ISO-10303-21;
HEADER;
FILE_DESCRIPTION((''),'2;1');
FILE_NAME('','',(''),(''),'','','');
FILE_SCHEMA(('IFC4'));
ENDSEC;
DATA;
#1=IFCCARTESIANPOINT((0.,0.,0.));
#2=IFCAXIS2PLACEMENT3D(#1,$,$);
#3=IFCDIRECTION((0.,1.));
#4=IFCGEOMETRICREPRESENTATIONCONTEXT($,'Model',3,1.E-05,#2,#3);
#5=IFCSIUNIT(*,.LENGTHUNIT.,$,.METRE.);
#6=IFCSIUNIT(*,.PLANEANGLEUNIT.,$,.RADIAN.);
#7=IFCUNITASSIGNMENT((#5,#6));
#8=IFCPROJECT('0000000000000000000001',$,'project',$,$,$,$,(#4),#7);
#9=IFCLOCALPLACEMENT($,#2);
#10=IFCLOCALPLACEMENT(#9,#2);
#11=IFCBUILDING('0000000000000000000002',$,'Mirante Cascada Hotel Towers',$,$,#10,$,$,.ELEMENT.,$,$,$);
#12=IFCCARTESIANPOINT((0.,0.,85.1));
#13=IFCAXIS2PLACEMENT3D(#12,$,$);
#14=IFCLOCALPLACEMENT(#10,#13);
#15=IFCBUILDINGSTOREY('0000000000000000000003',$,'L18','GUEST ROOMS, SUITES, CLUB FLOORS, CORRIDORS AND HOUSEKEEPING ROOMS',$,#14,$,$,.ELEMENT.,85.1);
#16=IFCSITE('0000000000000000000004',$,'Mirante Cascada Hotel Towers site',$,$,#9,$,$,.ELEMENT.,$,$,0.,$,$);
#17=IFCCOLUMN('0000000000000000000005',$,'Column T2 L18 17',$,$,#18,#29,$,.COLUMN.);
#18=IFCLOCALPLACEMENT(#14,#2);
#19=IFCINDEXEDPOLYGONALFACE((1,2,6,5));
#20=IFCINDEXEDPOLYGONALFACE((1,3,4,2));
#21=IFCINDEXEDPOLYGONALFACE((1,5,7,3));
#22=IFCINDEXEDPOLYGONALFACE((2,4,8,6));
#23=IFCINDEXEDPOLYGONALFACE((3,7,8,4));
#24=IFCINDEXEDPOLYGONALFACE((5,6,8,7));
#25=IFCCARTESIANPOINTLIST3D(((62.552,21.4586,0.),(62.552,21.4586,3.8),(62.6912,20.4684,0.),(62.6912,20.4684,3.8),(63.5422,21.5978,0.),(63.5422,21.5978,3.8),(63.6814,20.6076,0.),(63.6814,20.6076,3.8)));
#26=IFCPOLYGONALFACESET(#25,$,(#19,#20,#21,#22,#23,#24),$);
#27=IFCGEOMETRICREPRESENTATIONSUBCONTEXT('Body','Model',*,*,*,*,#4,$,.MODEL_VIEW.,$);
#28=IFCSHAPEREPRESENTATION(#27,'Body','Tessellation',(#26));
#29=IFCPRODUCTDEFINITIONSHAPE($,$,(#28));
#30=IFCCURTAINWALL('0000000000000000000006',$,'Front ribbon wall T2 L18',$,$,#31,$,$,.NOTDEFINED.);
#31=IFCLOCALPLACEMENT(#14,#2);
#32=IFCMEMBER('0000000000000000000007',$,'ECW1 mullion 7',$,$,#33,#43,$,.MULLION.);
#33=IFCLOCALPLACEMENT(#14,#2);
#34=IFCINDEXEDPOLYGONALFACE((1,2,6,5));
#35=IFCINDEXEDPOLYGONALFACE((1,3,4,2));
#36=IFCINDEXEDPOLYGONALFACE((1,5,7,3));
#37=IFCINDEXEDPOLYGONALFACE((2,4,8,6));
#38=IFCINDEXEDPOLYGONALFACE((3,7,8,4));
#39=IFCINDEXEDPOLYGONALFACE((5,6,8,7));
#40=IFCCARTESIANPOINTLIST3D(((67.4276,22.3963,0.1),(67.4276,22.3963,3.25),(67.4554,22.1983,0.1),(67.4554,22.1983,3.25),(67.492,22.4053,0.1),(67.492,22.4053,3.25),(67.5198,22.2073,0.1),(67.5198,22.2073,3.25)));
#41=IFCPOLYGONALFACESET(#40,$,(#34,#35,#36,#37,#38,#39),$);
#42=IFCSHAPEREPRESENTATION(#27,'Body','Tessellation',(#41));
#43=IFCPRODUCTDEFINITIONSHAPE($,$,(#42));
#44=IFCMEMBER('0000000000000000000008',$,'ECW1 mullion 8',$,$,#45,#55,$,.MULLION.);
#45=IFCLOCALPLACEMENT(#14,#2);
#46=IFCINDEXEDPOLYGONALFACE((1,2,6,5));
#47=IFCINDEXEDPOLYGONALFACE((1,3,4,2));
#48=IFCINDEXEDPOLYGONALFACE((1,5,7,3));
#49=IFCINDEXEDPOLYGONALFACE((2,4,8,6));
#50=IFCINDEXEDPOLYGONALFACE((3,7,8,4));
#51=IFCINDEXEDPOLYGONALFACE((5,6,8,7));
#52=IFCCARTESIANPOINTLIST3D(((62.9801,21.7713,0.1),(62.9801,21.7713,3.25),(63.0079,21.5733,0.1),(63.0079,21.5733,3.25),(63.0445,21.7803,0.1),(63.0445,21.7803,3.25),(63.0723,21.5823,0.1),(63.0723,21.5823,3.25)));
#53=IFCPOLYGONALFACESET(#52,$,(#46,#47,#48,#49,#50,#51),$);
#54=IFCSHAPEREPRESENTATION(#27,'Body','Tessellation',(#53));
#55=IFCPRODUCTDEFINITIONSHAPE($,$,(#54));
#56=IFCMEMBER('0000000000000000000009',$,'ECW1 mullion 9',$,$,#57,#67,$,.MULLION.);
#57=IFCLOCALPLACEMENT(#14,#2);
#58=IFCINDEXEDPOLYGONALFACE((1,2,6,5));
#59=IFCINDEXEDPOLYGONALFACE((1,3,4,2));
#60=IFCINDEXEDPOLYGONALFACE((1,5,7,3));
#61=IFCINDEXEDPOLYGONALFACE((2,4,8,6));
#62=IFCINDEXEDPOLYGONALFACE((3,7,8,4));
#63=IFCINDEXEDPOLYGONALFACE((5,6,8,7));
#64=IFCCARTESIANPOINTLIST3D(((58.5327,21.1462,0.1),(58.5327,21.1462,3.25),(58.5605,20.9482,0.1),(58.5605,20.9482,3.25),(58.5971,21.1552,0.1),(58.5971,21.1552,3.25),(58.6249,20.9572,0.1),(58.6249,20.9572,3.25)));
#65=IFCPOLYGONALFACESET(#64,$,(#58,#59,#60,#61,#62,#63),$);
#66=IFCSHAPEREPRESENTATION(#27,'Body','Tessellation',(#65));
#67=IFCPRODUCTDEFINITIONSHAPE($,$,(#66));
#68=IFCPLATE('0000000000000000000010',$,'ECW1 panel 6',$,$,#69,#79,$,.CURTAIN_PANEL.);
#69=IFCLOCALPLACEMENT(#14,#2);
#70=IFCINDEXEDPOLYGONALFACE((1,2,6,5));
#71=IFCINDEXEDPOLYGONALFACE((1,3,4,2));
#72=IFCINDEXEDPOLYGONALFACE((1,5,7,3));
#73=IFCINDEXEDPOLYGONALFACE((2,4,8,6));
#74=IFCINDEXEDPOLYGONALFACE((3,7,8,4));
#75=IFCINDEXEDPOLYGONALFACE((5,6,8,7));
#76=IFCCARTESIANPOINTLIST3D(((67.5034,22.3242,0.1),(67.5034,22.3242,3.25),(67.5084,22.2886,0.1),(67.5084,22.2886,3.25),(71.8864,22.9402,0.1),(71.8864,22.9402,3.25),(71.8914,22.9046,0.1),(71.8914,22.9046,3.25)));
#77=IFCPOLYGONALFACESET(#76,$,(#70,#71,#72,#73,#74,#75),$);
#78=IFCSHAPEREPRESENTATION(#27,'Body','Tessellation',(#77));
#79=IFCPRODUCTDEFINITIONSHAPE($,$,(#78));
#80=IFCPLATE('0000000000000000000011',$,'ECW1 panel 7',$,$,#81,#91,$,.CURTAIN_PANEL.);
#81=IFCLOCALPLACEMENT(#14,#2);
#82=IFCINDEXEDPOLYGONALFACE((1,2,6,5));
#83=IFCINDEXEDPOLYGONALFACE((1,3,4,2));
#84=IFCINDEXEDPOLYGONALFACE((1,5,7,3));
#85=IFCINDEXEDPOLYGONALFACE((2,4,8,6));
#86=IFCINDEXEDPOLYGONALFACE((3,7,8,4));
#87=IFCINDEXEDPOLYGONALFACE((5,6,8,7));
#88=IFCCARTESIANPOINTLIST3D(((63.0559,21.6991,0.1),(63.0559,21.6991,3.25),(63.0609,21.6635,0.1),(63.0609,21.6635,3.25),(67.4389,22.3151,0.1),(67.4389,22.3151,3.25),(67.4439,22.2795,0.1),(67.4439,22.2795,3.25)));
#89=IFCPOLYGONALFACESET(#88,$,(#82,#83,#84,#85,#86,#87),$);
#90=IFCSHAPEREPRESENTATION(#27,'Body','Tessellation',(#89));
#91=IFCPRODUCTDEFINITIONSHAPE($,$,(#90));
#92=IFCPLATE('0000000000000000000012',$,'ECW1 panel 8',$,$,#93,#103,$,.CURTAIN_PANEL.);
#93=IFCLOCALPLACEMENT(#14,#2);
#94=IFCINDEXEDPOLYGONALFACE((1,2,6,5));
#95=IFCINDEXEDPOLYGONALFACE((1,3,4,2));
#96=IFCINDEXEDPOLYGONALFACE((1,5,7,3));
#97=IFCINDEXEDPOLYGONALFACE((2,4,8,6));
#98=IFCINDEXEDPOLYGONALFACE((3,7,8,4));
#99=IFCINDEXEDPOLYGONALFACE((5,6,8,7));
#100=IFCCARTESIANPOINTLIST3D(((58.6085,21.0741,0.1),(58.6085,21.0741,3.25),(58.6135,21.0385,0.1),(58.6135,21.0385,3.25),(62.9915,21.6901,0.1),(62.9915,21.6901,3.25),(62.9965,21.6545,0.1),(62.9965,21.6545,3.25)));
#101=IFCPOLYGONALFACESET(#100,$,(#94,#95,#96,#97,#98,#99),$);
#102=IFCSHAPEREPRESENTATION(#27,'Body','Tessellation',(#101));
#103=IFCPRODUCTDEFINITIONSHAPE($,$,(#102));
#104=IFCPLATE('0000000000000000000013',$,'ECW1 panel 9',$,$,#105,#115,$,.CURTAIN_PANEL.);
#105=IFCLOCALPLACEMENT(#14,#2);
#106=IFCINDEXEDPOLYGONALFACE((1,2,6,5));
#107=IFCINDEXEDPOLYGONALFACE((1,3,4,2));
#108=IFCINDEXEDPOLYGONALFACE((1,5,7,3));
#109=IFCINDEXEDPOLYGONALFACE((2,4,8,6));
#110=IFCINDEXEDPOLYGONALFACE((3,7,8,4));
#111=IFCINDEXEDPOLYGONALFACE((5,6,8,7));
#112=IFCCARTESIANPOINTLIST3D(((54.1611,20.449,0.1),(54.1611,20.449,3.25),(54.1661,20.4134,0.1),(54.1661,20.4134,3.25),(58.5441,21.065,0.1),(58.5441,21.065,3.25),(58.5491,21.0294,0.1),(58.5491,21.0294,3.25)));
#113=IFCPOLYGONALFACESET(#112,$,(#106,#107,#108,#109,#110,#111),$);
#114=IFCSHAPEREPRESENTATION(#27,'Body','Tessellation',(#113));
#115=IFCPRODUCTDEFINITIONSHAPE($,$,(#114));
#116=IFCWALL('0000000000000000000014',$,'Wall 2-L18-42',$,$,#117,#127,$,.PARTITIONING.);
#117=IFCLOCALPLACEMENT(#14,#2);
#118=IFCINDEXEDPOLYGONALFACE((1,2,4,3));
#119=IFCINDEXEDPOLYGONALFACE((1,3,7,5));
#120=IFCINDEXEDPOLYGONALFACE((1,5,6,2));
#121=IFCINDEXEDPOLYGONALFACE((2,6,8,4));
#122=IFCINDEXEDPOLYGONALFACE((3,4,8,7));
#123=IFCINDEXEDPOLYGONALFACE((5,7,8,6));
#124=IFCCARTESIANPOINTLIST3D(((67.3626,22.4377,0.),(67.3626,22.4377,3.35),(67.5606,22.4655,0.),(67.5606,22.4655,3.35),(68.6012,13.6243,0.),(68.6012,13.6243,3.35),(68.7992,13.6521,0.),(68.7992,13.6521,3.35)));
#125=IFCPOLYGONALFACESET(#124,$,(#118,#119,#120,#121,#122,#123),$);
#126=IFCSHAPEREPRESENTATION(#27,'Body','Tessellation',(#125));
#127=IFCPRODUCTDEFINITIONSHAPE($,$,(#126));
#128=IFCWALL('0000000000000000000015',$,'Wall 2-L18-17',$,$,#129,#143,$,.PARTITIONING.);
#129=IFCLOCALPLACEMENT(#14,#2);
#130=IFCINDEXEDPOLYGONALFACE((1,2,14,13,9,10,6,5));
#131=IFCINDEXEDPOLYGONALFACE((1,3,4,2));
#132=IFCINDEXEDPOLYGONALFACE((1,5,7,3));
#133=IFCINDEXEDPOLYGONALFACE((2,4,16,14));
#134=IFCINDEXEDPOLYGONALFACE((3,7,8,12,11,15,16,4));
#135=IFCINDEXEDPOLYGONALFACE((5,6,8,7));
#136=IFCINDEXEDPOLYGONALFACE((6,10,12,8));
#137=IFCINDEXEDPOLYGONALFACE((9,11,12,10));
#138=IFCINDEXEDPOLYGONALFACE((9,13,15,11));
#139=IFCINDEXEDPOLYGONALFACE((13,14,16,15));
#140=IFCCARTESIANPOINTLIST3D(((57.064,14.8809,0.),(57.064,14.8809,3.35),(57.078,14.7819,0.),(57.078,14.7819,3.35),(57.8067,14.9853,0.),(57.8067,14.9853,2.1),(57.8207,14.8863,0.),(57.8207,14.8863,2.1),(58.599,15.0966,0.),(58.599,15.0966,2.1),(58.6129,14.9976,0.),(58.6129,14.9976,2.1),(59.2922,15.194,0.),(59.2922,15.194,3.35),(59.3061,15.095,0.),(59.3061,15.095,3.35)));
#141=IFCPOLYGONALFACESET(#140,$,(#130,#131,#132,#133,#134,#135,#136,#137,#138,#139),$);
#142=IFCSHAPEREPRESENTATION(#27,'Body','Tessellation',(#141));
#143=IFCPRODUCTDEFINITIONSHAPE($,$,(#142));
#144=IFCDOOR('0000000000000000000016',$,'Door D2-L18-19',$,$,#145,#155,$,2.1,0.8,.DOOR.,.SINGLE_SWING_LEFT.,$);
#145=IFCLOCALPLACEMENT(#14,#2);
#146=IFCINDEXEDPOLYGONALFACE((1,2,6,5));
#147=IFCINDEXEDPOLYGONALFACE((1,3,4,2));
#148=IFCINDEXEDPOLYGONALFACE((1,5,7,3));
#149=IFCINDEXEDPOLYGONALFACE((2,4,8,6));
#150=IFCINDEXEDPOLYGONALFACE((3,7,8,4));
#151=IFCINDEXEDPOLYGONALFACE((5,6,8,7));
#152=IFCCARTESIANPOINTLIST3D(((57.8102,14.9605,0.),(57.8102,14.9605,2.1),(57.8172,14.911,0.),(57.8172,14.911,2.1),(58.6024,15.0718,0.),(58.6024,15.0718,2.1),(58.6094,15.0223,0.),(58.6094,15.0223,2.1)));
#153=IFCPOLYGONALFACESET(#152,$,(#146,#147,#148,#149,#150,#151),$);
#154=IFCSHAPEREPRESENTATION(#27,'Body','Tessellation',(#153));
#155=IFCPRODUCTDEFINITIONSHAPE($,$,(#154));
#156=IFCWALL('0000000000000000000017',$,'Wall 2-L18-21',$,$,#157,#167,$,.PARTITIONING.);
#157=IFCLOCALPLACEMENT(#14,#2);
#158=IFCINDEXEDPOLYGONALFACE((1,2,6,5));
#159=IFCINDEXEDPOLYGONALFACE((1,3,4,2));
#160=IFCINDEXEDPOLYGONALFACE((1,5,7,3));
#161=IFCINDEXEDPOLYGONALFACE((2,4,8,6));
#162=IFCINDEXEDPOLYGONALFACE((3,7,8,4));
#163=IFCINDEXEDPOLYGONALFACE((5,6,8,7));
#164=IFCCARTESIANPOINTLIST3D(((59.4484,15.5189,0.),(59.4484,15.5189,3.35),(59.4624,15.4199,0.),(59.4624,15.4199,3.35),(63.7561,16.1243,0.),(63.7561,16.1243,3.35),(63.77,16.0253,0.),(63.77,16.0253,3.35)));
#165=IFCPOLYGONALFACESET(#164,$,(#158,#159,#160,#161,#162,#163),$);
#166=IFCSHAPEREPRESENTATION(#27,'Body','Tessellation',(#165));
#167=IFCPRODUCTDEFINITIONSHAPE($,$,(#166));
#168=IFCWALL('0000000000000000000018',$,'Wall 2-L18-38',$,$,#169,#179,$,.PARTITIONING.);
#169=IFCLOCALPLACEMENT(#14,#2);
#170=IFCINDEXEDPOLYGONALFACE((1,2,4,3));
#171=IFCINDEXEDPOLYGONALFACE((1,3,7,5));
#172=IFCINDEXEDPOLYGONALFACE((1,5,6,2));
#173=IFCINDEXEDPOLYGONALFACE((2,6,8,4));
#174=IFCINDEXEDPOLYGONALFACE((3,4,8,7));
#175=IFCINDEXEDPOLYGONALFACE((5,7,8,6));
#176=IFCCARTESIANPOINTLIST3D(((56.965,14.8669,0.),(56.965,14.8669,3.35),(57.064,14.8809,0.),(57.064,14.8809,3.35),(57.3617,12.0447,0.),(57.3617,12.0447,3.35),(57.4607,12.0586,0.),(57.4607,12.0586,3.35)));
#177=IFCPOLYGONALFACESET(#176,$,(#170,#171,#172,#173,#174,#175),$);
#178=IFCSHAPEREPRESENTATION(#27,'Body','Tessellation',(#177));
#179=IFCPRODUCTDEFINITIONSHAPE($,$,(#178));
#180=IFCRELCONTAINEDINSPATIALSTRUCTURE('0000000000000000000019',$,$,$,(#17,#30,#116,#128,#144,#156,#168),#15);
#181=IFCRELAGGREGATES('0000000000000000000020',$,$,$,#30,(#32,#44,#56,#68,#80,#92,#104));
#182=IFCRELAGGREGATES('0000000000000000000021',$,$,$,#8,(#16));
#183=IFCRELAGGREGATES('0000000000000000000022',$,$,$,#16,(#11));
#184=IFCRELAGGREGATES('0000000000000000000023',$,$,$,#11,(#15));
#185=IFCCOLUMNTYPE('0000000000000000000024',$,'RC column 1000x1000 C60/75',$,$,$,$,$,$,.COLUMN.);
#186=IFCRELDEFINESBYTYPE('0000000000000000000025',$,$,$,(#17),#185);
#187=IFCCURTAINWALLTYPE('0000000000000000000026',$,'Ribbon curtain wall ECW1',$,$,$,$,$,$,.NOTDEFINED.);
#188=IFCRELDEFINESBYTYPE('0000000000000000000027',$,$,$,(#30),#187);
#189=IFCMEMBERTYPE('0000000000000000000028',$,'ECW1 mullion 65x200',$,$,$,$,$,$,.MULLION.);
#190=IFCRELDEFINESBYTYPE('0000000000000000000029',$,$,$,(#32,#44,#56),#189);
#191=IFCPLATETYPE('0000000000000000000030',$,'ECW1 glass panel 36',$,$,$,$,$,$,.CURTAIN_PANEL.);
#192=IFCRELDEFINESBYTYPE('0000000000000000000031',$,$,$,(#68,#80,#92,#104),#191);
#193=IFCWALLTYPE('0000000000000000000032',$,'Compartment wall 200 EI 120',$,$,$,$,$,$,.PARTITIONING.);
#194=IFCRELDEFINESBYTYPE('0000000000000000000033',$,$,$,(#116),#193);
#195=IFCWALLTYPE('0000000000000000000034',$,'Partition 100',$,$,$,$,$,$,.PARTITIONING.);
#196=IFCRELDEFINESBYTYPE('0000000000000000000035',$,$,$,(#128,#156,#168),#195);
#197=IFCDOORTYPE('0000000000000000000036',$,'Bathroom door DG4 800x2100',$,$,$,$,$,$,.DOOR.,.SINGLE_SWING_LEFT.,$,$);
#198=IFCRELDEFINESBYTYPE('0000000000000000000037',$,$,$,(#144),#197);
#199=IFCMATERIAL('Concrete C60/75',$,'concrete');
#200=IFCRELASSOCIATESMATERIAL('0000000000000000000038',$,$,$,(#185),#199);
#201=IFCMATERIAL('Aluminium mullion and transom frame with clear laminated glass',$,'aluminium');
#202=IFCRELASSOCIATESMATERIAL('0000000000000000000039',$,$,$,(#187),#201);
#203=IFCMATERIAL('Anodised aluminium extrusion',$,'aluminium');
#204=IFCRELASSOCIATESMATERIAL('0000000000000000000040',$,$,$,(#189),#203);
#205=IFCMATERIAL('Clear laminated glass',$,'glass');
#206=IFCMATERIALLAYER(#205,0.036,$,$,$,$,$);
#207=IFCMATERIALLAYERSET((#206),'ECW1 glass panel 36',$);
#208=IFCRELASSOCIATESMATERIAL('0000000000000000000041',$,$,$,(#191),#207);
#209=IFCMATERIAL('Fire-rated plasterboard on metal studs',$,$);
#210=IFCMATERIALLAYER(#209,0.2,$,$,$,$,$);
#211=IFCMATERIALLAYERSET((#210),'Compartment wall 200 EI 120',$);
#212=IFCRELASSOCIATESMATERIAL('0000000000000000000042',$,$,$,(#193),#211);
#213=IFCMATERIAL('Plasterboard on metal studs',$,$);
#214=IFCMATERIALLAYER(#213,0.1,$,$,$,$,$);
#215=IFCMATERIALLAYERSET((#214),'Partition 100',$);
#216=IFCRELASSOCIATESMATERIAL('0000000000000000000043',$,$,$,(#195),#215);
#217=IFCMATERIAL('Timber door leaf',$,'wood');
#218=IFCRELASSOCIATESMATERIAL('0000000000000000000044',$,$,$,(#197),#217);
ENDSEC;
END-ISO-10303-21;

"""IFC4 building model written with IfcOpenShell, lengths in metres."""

from ifc_helpers import new_model, si_unit, direction, frame, frame_2d, origin, origin_2d, place, context, subcontext, project, spatial, rectangle, extrude, material, layer, layer_set, material_profile, profile_set, type_object, element, fill, aggregate, save


model = new_model("IFC4")

# Units and contexts
model_context = context("Model", 3, precision=1e-05, world=origin(), true_north=direction((0.0, 1.0)))
body_context = subcontext(model_context, "Body", "Model", "MODEL_VIEW")
ifc_project = project(units=[si_unit("LENGTHUNIT", "METRE"), si_unit("PLANEANGLEUNIT", "RADIAN")], contexts=[model_context])

# Site, building, storey
site_placement = place(None, origin())
site = spatial("IfcSite", under=ifc_project, at=site_placement, Name="Mirante Cascada Hotel Towers site", CompositionType="ELEMENT", RefElevation=0.0)
building_placement = place(site_placement, origin())
building = spatial("IfcBuilding", under=site, at=building_placement, Name="Mirante Cascada Hotel Towers", CompositionType="ELEMENT")
storey_placement = place(building_placement, frame((0.0, 0.0, 85.1)))
storey = spatial("IfcBuildingStorey", under=building, at=storey_placement, Name="L18", Description="GUEST ROOMS, SUITES, CLUB FLOORS, CORRIDORS AND HOUSEKEEPING ROOMS", CompositionType="ELEMENT", Elevation=85.1)

# Column
ifc_material_1 = material(Name="Concrete C60/75", Category="concrete")
ifc_material_profile_1 = material_profile(ifc_material_1, rectangle(XDim=1.0, YDim=1.0, at=origin_2d()), Name="RC column 1000x1000 C60/75")
ifc_profile_set_1 = profile_set([ifc_material_profile_1], Name="Concrete C60/75")
column_type = type_object("IfcColumnType", Name="RC column 1000x1000 C60/75", PredefinedType="COLUMN", material=ifc_profile_set_1)
column_placement = place(storey_placement, frame((63.1167, 21.0331, 0.0), z_axis=(0.0, 0.0, 1.0), x_axis=(0.990268, 0.139173, 0.0)))
element("IfcColumn", 1, at=column_placement, inside=storey, type_object=column_type, Name="Column T2 L18 17", PredefinedType="COLUMN", context=body_context, shape_type="SweptSolid", body=[
    extrude(rectangle(XDim=1.0, YDim=1.0, at=origin_2d()), origin(), (0.0, 0.0, 1.0), 3.8),
])

# Curtain wall, members, plates
ifc_material_2 = material(Name="Aluminium mullion and transom frame with clear laminated glass", Category="aluminium")
curtain_wall_type = type_object("IfcCurtainWallType", Name="Ribbon curtain wall ECW1", PredefinedType="NOTDEFINED", material=ifc_material_2)
curtain_wall_placement = place(storey_placement, origin())
curtain_wall = element("IfcCurtainWall", 2, at=curtain_wall_placement, inside=storey, type_object=curtain_wall_type, Name="Front ribbon wall T2 L18", PredefinedType="NOTDEFINED")
ifc_material_3 = material(Name="Anodised aluminium extrusion", Category="aluminium")
ifc_material_profile_2 = material_profile(ifc_material_3, rectangle(XDim=0.2, YDim=0.065, at=origin_2d()), Name="ECW1 MULLION 65x200")
ifc_profile_set_2 = profile_set([ifc_material_profile_2], Name="Anodised aluminium extrusion")
member_type = type_object("IfcMemberType", Name="ECW1 mullion 65x200", PredefinedType="MULLION", material=ifc_profile_set_2)
member_1_placement = place(storey_placement, frame((67.4737, 22.3018, 0.1), z_axis=(0.0, 0.0, 1.0), x_axis=(0.139173, -0.990268, 0.0)))
member_1 = element("IfcMember", 3, at=member_1_placement, type_object=member_type, Name="ECW1 mullion 7", PredefinedType="MULLION", context=body_context, shape_type="SweptSolid", body=[
    extrude(rectangle(XDim=0.2, YDim=0.065, at=origin_2d()), origin(), (0.0, 0.0, 1.0), 3.15),
])
member_2_placement = place(storey_placement, frame((63.0262, 21.6768, 0.1), z_axis=(0.0, 0.0, 1.0), x_axis=(0.139173, -0.990268, 0.0)))
member_2 = element("IfcMember", 4, at=member_2_placement, type_object=member_type, Name="ECW1 mullion 8", PredefinedType="MULLION", context=body_context, shape_type="SweptSolid", body=[
    extrude(rectangle(XDim=0.2, YDim=0.065, at=origin_2d()), origin(), (0.0, 0.0, 1.0), 3.15),
])
member_3_placement = place(storey_placement, frame((58.5788, 21.0517, 0.1), z_axis=(0.0, 0.0, 1.0), x_axis=(0.139173, -0.990268, 0.0)))
member_3 = element("IfcMember", 5, at=member_3_placement, type_object=member_type, Name="ECW1 mullion 9", PredefinedType="MULLION", context=body_context, shape_type="SweptSolid", body=[
    extrude(rectangle(XDim=0.2, YDim=0.065, at=origin_2d()), origin(), (0.0, 0.0, 1.0), 3.15),
])
ifc_material_4 = material(Name="Clear laminated glass", Category="glass")
ifc_layer_1 = layer(ifc_material_4, 0.036)
ifc_layer_set_1 = layer_set([ifc_layer_1], Name="ECW1 glass panel 36")
plate_type = type_object("IfcPlateType", Name="ECW1 glass panel 36", PredefinedType="CURTAIN_PANEL", material=ifc_layer_set_1)
plate_1_placement = place(storey_placement, frame((69.6974, 22.6144, 0.1), z_axis=(0.0, 0.0, 1.0), x_axis=(-0.990268, -0.139173, 0.0)))
plate_1 = element("IfcPlate", 6, at=plate_1_placement, type_object=plate_type, Name="ECW1 panel 6", PredefinedType="CURTAIN_PANEL", context=body_context, shape_type="SweptSolid", body=[
    extrude(rectangle(XDim=4.4261, YDim=0.036, at=origin_2d()), origin(), (0.0, 0.0, 1.0), 3.15),
])
plate_2_placement = place(storey_placement, frame((65.2499, 21.9893, 0.1), z_axis=(0.0, 0.0, 1.0), x_axis=(-0.990268, -0.139173, 0.0)))
plate_2 = element("IfcPlate", 7, at=plate_2_placement, type_object=plate_type, Name="ECW1 panel 7", PredefinedType="CURTAIN_PANEL", context=body_context, shape_type="SweptSolid", body=[
    extrude(rectangle(XDim=4.4261, YDim=0.036, at=origin_2d()), origin(), (0.0, 0.0, 1.0), 3.15),
])
plate_3_placement = place(storey_placement, frame((60.8025, 21.3643, 0.1), z_axis=(0.0, 0.0, 1.0), x_axis=(-0.990268, -0.139173, 0.0)))
plate_3 = element("IfcPlate", 8, at=plate_3_placement, type_object=plate_type, Name="ECW1 panel 8", PredefinedType="CURTAIN_PANEL", context=body_context, shape_type="SweptSolid", body=[
    extrude(rectangle(XDim=4.4261, YDim=0.036, at=origin_2d()), origin(), (0.0, 0.0, 1.0), 3.15),
])
plate_4_placement = place(storey_placement, frame((56.3551, 20.7392, 0.1), z_axis=(0.0, 0.0, 1.0), x_axis=(-0.990268, -0.139173, 0.0)))
plate_4 = element("IfcPlate", 9, at=plate_4_placement, type_object=plate_type, Name="ECW1 panel 9", PredefinedType="CURTAIN_PANEL", context=body_context, shape_type="SweptSolid", body=[
    extrude(rectangle(XDim=4.4261, YDim=0.036, at=origin_2d()), origin(), (0.0, 0.0, 1.0), 3.15),
])
aggregate(curtain_wall, [member_1, member_2, member_3, plate_1, plate_2, plate_3, plate_4])

# Wall
ifc_material_5 = material(Name="Fire-rated plasterboard on metal studs")
ifc_layer_2 = layer(ifc_material_5, 0.2)
ifc_layer_set_2 = layer_set([ifc_layer_2], Name="Compartment wall 200 EI 120")
wall_type_1 = type_object("IfcWallType", Name="Compartment wall 200 EI 120", PredefinedType="PARTITIONING", material=ifc_layer_set_2)
wall_1_placement = place(storey_placement, frame((67.4616, 22.4516, 0.0), z_axis=(0.0, 0.0, 1.0), x_axis=(0.139168, -0.990269, 0.0)))
element("IfcWall", 10, at=wall_1_placement, inside=storey, type_object=wall_type_1, Name="Wall 2-L18-42", PredefinedType="PARTITIONING", context=body_context, shape_type="SweptSolid", body=[
    extrude(rectangle(XDim=8.9, YDim=0.2, at=frame_2d((4.45, 0.0))), origin(), (0.0, 0.0, 1.0), 3.35),
])

# Wall, opening, door
ifc_material_6 = material(Name="Plasterboard on metal studs")
ifc_layer_3 = layer(ifc_material_6, 0.1)
ifc_layer_set_3 = layer_set([ifc_layer_3], Name="Partition 100")
wall_type_2 = type_object("IfcWallType", Name="Partition 100", PredefinedType="PARTITIONING", material=ifc_layer_set_3)
wall_2_placement = place(storey_placement, frame((57.071, 14.8314, 0.0), z_axis=(0.0, 0.0, 1.0), x_axis=(0.990271, 0.139156, 0.0)))
wall_2 = element("IfcWall", 11, at=wall_2_placement, inside=storey, type_object=wall_type_2, Name="Wall 2-L18-17", PredefinedType="PARTITIONING", context=body_context, shape_type="SweptSolid", body=[
    extrude(rectangle(XDim=2.25, YDim=0.1, at=frame_2d((1.125, 0.0))), origin(), (0.0, 0.0, 1.0), 3.35),
])
opening_1_placement = place(wall_2_placement, frame((0.75, 0.0, 0.0)))
opening_1 = element("IfcOpeningElement", 12, at=opening_1_placement, cuts=wall_2, PredefinedType="OPENING", context=body_context, shape_type="SweptSolid", body=[
    extrude(rectangle(XDim=0.8, YDim=2.1, at=frame_2d((0.4, 1.05))), frame((0.0, 0.05, 0.0), z_axis=(0.0, -1.0, 0.0), x_axis=(1.0, 0.0, 0.0)), (0.0, 0.0, 1.0), 0.1),
])
ifc_material_7 = material(Name="Timber door leaf", Category="wood")
door_type_1 = type_object("IfcDoorType", Name="Bathroom door DG4 800x2100", OperationType="SINGLE_SWING_LEFT", PredefinedType="DOOR", material=ifc_material_7)
door_1_placement = place(opening_1_placement, origin())
door_1 = element("IfcDoor", 13, at=door_1_placement, inside=storey, type_object=door_type_1, Name="Door D2-L18-19", OperationType="SINGLE_SWING_LEFT", OverallHeight=2.1, OverallWidth=0.8, PredefinedType="DOOR", context=body_context, shape_type="SweptSolid", body=[
    extrude(rectangle(XDim=0.8, YDim=2.1, at=frame_2d((0.4, 1.05))), frame((0.0, 0.025, 0.0), z_axis=(0.0, -1.0, 0.0), x_axis=(1.0, 0.0, 0.0)), (0.0, 0.0, 1.0), 0.05),
])
fill(opening_1, door_1)

# Walls
wall_3_placement = place(storey_placement, frame((59.4554, 15.4694, 0.0), z_axis=(0.0, 0.0, 1.0), x_axis=(0.990268, 0.139171, 0.0)))
element("IfcWall", 14, at=wall_3_placement, inside=storey, type_object=wall_type_2, Name="Wall 2-L18-21", PredefinedType="PARTITIONING", context=body_context, shape_type="SweptSolid", body=[
    extrude(rectangle(XDim=4.35, YDim=0.1, at=frame_2d((2.175, 0.0))), origin(), (0.0, 0.0, 1.0), 3.35),
])
wall_4_placement = place(storey_placement, frame((57.0145, 14.8739, 0.0), z_axis=(0.0, 0.0, 1.0), x_axis=(0.139191, -0.990266, 0.0)))
element("IfcWall", 15, at=wall_4_placement, inside=storey, type_object=wall_type_2, Name="Wall 2-L18-38", PredefinedType="PARTITIONING", context=body_context, shape_type="SweptSolid", body=[
    extrude(rectangle(XDim=2.85, YDim=0.1, at=frame_2d((1.425, 0.0))), origin(), (0.0, 0.0, 1.0), 3.35),
])

save(model, "model.ifc")
